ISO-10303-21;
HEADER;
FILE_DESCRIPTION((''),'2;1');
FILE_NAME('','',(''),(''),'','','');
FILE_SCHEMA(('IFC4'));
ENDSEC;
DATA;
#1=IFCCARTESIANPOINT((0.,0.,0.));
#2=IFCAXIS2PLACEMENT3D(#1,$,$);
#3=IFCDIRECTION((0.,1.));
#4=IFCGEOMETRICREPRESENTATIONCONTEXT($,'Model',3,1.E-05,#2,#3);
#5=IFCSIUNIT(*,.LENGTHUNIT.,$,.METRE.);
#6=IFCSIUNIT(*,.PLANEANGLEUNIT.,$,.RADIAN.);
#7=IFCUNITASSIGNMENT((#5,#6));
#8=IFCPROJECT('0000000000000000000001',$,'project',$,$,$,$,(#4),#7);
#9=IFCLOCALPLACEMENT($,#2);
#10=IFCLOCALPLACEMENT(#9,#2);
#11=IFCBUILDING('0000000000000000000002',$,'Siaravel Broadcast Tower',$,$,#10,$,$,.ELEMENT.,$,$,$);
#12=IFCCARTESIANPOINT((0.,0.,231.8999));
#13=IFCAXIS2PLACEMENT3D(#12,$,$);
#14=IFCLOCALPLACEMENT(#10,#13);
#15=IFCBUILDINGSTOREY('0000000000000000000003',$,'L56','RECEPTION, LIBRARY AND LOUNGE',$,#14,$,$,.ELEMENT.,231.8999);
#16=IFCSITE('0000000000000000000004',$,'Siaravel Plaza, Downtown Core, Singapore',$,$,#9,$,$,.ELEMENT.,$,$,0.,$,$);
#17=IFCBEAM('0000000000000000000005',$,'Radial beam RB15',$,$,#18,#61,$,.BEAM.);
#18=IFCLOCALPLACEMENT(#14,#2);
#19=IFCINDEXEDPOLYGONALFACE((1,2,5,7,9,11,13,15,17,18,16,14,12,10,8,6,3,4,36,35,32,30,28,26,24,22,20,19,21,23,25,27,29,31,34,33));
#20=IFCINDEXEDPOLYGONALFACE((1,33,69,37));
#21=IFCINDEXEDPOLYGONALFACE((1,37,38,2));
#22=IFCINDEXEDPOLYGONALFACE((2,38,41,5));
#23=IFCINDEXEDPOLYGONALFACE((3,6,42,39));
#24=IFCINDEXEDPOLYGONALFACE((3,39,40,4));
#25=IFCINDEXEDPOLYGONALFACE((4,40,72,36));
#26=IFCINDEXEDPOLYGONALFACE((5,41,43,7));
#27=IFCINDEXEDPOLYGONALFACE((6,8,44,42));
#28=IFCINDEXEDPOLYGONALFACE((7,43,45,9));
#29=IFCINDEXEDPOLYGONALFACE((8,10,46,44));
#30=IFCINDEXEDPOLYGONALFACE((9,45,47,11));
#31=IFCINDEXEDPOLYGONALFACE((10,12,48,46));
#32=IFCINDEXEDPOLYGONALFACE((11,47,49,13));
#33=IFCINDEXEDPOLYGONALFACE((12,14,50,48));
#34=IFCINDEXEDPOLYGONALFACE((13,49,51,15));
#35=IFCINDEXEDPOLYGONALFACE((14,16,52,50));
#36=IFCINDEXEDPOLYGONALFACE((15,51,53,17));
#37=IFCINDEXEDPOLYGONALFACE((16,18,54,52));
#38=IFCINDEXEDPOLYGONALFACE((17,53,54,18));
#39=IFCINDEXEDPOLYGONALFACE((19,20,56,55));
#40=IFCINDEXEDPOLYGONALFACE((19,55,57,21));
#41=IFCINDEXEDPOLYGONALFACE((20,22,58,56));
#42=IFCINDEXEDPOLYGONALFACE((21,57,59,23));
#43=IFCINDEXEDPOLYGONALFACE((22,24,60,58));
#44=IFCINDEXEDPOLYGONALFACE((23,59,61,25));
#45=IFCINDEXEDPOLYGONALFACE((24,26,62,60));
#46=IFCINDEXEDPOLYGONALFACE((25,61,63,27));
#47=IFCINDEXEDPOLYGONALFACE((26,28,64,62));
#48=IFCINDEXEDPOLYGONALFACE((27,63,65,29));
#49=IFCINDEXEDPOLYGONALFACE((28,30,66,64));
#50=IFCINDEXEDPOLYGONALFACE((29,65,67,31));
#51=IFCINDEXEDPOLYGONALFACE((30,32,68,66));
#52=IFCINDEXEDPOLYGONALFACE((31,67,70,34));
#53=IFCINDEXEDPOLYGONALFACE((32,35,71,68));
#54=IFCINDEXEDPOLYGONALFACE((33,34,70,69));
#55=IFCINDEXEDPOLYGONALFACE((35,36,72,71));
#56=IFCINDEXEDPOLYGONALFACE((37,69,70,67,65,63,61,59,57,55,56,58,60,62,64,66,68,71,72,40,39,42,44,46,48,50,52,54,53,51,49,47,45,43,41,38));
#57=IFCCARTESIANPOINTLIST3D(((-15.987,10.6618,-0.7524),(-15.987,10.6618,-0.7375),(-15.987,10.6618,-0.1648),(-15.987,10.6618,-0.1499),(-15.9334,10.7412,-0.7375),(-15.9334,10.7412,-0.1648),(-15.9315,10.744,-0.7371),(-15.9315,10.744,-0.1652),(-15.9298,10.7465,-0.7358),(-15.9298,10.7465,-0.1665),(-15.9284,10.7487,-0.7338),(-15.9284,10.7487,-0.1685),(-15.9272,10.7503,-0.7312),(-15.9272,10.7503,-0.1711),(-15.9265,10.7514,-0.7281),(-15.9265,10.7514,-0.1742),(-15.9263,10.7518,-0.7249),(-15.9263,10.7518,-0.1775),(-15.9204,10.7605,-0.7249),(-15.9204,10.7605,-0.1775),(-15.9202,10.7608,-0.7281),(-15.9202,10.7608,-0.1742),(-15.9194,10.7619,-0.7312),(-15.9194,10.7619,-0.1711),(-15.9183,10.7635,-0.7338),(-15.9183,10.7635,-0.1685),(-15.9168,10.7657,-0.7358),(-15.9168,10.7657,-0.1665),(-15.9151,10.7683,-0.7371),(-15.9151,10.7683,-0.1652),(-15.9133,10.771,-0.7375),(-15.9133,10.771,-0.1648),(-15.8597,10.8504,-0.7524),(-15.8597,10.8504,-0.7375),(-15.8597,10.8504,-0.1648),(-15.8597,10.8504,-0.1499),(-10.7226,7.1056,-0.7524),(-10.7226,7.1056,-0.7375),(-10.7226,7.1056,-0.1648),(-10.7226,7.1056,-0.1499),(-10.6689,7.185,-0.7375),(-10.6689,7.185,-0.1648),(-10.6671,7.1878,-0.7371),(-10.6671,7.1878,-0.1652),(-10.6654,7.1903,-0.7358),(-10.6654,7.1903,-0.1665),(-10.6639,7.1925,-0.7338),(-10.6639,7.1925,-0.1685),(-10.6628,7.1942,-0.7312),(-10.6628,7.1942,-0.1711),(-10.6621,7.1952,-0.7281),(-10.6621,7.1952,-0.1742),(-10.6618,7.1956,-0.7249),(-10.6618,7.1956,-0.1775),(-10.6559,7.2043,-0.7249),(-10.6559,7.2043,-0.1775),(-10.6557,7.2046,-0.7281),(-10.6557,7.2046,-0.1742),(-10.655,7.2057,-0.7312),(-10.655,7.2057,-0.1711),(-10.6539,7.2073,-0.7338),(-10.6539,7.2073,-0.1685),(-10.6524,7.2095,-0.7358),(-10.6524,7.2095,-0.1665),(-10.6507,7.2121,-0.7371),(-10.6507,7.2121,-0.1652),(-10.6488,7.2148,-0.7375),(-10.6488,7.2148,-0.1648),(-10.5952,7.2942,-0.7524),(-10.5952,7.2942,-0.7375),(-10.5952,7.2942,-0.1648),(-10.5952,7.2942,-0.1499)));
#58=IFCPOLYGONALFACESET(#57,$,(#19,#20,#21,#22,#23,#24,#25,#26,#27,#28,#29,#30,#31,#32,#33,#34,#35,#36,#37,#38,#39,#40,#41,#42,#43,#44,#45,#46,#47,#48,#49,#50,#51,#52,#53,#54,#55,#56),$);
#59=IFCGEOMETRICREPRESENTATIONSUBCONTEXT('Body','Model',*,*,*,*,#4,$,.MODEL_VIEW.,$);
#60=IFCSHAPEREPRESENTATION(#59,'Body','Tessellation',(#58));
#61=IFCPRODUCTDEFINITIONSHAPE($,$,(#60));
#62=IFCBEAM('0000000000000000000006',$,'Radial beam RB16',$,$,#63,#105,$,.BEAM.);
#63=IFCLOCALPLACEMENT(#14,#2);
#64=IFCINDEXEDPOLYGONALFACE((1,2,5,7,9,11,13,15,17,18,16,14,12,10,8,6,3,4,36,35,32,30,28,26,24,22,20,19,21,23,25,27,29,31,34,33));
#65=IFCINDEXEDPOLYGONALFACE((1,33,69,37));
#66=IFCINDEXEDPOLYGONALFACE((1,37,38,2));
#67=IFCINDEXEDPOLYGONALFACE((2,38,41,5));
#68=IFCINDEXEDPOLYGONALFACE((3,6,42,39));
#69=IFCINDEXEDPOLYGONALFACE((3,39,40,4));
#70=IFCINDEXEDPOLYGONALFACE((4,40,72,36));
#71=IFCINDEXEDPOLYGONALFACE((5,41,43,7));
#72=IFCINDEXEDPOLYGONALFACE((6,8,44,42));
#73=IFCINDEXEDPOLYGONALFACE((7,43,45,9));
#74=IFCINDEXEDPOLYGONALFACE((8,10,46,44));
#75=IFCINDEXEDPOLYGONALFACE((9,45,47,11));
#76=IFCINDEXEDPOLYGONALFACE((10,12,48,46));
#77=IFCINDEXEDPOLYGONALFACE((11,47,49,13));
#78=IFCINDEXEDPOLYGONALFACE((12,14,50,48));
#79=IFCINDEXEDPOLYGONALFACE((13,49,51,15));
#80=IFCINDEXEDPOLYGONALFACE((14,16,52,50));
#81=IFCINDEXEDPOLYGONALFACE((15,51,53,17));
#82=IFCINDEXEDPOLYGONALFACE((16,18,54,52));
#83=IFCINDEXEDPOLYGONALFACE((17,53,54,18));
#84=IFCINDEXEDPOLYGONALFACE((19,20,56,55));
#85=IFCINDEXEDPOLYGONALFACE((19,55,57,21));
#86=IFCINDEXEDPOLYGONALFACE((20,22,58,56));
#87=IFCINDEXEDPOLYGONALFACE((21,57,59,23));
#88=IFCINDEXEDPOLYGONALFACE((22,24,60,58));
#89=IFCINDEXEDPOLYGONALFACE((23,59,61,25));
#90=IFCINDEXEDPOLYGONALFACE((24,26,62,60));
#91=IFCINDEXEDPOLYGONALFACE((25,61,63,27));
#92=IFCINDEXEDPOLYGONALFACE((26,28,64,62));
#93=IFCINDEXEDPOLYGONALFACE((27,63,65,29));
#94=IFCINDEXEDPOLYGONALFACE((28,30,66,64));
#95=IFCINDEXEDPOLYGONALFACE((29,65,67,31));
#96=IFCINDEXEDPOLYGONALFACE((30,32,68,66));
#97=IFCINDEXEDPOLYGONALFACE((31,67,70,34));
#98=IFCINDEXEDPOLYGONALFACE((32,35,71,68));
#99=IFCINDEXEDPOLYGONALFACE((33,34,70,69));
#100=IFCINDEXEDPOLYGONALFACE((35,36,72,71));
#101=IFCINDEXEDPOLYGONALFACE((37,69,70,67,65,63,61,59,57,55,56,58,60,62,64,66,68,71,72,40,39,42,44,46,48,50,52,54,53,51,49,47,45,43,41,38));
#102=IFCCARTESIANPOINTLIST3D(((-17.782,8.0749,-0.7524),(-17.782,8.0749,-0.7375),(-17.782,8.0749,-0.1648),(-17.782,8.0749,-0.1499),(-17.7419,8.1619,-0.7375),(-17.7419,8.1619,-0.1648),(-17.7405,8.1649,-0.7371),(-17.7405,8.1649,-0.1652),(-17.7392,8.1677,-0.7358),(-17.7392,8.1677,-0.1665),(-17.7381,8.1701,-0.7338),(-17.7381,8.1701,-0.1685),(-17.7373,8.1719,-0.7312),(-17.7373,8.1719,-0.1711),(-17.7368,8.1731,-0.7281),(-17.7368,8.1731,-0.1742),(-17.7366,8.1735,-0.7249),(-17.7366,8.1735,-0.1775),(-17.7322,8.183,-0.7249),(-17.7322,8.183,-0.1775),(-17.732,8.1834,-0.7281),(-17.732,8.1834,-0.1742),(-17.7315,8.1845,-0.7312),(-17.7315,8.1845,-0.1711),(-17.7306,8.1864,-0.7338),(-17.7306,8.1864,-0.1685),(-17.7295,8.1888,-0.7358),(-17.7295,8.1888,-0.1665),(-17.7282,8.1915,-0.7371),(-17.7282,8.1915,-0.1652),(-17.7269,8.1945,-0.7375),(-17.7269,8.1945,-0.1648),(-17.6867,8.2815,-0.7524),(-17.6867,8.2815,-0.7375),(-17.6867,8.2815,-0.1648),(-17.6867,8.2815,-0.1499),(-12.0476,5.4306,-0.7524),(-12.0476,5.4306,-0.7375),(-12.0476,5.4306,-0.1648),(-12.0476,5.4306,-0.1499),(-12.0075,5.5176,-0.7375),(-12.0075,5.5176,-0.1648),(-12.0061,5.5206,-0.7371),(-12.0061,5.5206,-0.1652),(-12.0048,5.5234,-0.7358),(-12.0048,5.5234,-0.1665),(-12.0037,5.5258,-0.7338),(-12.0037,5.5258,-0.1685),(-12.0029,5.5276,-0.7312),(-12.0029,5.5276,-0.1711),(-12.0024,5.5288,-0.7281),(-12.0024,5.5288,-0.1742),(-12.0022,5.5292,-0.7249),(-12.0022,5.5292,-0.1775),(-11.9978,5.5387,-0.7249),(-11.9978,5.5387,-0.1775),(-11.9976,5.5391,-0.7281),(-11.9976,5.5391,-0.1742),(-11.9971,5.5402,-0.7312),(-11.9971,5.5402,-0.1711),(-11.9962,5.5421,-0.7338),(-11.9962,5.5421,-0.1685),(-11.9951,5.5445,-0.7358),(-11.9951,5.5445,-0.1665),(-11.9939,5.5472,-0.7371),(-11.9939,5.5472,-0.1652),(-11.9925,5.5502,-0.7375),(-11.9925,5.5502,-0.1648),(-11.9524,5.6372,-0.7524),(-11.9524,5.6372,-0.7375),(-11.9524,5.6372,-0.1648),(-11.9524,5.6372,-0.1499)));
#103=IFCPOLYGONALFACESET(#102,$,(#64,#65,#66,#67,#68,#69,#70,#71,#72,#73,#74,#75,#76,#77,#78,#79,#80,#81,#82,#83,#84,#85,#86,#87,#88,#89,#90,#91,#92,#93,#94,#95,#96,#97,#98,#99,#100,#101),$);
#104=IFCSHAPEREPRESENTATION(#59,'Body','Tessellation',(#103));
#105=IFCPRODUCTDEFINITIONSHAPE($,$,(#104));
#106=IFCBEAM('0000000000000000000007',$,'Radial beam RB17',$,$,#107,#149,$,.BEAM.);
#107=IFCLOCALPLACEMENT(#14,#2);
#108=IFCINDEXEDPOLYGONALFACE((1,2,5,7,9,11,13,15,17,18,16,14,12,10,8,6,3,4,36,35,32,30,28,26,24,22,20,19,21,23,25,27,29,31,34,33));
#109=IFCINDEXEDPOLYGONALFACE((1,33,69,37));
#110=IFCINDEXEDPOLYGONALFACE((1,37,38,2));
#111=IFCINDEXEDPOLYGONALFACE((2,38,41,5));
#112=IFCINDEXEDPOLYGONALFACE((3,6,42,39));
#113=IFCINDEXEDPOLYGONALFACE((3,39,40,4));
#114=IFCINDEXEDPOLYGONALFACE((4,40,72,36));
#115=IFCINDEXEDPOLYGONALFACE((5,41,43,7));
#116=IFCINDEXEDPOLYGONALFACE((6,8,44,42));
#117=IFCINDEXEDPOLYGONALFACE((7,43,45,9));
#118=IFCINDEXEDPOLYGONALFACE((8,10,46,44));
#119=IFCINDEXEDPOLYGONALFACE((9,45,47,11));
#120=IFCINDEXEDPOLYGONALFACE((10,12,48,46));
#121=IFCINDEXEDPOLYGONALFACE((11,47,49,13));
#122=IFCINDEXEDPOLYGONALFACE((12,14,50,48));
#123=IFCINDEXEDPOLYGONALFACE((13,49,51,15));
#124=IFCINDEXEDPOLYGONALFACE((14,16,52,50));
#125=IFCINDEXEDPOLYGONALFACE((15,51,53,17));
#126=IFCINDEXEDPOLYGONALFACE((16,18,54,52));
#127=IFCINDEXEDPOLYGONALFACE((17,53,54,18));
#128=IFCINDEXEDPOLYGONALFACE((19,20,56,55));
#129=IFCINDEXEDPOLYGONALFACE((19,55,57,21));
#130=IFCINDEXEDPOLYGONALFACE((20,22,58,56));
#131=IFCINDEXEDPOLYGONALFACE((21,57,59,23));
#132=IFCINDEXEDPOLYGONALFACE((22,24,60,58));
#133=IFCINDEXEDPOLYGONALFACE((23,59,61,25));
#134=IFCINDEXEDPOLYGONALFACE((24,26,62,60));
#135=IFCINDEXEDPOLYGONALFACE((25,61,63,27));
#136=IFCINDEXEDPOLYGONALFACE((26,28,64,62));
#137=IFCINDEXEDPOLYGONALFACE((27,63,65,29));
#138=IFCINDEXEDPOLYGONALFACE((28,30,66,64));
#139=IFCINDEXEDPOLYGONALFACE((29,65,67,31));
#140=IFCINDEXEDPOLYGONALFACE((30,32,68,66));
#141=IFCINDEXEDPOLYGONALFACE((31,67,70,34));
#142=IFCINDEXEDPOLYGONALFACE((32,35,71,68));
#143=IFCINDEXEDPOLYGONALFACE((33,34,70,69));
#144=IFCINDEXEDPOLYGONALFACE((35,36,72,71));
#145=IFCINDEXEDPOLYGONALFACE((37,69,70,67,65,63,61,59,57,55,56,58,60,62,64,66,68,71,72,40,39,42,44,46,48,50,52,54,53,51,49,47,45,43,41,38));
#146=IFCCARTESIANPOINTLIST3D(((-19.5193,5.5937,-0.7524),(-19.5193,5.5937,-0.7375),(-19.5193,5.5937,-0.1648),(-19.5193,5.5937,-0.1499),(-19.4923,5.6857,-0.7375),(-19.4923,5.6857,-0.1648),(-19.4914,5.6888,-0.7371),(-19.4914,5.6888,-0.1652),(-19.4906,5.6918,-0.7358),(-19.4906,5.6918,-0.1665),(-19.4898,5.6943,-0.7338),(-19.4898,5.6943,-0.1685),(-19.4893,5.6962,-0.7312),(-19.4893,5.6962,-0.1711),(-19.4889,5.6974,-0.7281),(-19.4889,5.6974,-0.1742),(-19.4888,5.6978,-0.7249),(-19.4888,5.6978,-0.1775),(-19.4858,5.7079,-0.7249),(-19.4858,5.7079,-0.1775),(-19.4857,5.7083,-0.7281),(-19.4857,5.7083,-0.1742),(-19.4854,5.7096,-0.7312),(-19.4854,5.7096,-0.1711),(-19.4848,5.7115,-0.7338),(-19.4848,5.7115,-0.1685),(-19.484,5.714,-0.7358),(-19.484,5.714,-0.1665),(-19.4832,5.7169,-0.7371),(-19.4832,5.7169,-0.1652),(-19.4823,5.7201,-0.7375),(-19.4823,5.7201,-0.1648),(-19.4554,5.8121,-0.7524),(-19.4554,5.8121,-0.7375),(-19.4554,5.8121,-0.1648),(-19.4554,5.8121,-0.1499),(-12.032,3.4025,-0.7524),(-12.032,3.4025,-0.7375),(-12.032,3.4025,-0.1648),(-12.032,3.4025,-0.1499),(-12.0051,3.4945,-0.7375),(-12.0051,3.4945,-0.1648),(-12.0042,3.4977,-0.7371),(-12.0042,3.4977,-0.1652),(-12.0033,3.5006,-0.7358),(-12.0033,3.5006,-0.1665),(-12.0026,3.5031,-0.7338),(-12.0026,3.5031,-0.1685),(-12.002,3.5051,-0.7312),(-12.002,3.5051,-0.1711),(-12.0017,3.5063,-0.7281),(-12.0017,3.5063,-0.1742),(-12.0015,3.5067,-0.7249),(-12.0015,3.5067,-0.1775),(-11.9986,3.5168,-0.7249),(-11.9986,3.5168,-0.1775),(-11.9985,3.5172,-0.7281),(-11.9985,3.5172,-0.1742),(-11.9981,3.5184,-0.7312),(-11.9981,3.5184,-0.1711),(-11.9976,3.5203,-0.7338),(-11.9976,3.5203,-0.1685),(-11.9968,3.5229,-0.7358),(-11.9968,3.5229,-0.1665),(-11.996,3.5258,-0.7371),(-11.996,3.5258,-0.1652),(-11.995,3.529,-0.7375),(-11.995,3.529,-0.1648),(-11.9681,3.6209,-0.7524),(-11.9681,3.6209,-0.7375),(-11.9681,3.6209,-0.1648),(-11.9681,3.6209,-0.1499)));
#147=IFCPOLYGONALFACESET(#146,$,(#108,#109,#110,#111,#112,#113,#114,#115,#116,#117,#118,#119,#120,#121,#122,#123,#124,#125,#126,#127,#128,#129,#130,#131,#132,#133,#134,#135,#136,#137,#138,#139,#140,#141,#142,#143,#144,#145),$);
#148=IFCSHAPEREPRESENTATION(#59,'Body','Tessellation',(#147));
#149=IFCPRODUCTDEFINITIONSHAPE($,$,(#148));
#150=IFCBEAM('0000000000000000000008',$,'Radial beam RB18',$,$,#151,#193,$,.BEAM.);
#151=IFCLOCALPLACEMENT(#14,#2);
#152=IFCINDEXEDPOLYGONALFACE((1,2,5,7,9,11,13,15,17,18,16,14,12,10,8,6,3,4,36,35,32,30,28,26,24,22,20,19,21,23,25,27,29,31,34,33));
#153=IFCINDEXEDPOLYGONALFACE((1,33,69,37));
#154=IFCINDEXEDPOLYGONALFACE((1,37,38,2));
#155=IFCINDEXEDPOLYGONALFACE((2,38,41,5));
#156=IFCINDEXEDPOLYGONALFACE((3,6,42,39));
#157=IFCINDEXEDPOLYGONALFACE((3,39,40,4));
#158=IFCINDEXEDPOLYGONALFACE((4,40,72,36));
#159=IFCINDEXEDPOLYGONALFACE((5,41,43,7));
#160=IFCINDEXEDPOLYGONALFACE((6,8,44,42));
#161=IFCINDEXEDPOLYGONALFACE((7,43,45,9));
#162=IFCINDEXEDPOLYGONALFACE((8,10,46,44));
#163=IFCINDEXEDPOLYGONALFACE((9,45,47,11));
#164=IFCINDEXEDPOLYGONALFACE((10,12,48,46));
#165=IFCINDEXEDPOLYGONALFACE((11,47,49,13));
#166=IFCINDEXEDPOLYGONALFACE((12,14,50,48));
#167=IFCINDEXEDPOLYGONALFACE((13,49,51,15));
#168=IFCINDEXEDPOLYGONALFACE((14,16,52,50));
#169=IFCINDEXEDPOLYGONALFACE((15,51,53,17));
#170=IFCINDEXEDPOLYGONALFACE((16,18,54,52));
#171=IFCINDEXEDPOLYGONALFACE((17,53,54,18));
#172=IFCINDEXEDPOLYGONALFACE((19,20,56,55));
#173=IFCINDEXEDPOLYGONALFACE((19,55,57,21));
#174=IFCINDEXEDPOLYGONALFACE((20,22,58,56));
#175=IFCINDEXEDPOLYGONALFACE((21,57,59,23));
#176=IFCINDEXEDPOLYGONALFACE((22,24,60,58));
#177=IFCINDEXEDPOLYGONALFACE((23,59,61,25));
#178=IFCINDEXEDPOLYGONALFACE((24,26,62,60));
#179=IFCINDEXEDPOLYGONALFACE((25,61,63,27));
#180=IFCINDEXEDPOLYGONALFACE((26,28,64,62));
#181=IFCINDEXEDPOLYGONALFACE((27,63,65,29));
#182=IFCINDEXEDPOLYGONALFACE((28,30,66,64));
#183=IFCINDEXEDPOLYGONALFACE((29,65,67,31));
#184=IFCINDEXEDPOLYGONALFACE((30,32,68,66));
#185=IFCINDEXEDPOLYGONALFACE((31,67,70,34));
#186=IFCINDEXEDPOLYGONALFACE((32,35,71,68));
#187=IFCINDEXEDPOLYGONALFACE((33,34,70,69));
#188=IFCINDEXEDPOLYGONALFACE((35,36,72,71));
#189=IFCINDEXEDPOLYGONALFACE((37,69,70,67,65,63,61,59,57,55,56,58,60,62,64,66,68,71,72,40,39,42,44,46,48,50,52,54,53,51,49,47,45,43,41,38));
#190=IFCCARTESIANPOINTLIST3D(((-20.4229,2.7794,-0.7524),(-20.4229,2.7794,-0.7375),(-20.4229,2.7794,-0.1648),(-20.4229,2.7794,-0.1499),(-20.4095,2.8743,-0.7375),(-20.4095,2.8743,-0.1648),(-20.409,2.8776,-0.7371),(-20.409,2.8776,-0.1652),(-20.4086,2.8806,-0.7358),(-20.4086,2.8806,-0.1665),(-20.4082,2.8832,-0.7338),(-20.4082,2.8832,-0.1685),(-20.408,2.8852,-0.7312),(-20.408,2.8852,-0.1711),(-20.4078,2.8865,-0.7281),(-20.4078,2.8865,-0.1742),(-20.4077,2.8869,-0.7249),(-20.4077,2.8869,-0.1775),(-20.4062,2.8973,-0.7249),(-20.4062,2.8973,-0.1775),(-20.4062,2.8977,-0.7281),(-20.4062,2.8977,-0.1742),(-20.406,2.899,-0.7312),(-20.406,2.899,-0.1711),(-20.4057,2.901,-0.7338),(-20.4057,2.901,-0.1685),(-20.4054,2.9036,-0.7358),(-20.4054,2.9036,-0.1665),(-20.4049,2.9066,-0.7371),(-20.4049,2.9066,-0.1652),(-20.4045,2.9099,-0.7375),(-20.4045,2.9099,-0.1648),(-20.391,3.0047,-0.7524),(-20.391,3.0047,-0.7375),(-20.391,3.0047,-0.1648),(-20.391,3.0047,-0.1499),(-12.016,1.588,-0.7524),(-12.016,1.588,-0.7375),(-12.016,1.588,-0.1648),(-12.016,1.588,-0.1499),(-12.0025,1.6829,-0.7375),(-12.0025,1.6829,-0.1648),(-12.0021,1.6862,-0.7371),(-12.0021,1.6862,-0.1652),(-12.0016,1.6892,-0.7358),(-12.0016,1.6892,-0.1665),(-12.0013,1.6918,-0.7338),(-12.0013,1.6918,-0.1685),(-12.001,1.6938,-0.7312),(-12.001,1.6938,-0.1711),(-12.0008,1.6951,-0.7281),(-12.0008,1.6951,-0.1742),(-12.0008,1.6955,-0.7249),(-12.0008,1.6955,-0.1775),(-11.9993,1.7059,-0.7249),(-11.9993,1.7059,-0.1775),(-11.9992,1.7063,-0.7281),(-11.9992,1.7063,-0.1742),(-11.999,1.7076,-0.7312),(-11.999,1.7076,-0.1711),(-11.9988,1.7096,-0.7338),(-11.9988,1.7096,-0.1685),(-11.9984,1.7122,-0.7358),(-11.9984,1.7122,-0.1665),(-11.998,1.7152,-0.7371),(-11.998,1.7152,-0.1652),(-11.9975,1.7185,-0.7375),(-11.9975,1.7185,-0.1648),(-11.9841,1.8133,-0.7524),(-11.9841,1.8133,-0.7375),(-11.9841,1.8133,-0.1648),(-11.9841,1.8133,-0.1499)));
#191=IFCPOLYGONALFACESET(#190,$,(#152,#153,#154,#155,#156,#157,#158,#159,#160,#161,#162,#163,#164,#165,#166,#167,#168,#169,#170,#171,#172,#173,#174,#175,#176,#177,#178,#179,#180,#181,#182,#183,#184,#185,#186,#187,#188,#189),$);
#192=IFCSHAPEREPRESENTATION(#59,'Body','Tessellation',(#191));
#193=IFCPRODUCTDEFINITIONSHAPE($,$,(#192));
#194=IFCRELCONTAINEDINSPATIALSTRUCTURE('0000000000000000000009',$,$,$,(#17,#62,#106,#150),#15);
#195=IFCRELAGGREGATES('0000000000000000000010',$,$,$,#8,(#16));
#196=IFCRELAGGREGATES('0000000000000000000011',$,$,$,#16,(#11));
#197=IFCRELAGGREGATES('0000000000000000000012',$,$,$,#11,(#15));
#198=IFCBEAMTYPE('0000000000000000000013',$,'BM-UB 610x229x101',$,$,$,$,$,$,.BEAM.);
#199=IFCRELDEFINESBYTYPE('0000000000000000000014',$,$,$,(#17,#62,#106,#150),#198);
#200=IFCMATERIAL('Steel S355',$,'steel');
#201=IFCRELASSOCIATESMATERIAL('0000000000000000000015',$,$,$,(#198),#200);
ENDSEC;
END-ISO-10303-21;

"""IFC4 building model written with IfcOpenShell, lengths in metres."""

from ifc_helpers import new_model, si_unit, direction, frame, origin, origin_2d, place, context, subcontext, project, spatial, i_section, extrude, material, material_profile, profile_set, type_object, element, save


model = new_model("IFC4")

# Units and contexts
model_context = context("Model", 3, precision=1e-05, world=origin(), true_north=direction((0.0, 1.0)))
body_context = subcontext(model_context, "Body", "Model", "MODEL_VIEW")
ifc_project = project(units=[si_unit("LENGTHUNIT", "METRE"), si_unit("PLANEANGLEUNIT", "RADIAN")], contexts=[model_context])

# Site, building, storey
site_placement = place(None, origin())
site = spatial("IfcSite", under=ifc_project, at=site_placement, Name="Siaravel Plaza, Downtown Core, Singapore", CompositionType="ELEMENT", RefElevation=0.0)
building_placement = place(site_placement, origin())
building = spatial("IfcBuilding", under=site, at=building_placement, Name="Siaravel Broadcast Tower", CompositionType="ELEMENT")
storey_placement = place(building_placement, frame((0.0, 0.0, 231.8999)))
storey = spatial("IfcBuildingStorey", under=building, at=storey_placement, Name="L56", Description="RECEPTION, LIBRARY AND LOUNGE", CompositionType="ELEMENT", Elevation=231.8999)

# Beams
ifc_material_1 = material(Name="Steel S355", Category="steel")
ifc_material_profile_1 = material_profile(ifc_material_1, i_section(OverallWidth=0.2275, OverallDepth=0.6025, WebThickness=0.0105, FlangeThickness=0.0149, FilletRadius=0.0127, at=origin_2d()))
ifc_profile_set_1 = profile_set([ifc_material_profile_1], Name="Steel S355")
beam_type = type_object("IfcBeamType", Name="BM-UB 610x229x101", PredefinedType="BEAM", material=ifc_profile_set_1)
beam_1_placement = place(storey_placement, frame((-15.9233, 10.7561, -0.4512), z_axis=(0.828653, -0.559763, 0.0), x_axis=(0.559763, 0.828653, 0.0)))
element("IfcBeam", 1, at=beam_1_placement, inside=storey, type_object=beam_type, Name="Radial beam RB15", PredefinedType="BEAM", context=body_context, shape_type="SweptSolid", body=[
    extrude(i_section(OverallWidth=0.2275, OverallDepth=0.6025, WebThickness=0.0105, FlangeThickness=0.0149, FilletRadius=0.0127, at=origin_2d()), origin(), (0.0, 0.0, 1.0), 6.353),
])
beam_2_placement = place(storey_placement, frame((-17.7344, 8.1782, -0.4512), z_axis=(0.908101, -0.418752, 0.0), x_axis=(0.418752, 0.908101, 0.0)))
element("IfcBeam", 2, at=beam_2_placement, inside=storey, type_object=beam_type, Name="Radial beam RB16", PredefinedType="BEAM", context=body_context, shape_type="SweptSolid", body=[
    extrude(i_section(OverallWidth=0.2275, OverallDepth=0.6025, WebThickness=0.0105, FlangeThickness=0.0149, FilletRadius=0.0127, at=origin_2d()), origin(), (0.0, 0.0, 1.0), 6.3147),
])
beam_3_placement = place(storey_placement, frame((-19.4873, 5.7029, -0.4512), z_axis=(0.959746, -0.28087, 0.0), x_axis=(0.28087, 0.959746, 0.0)))
element("IfcBeam", 3, at=beam_3_placement, inside=storey, type_object=beam_type, Name="Radial beam RB17", PredefinedType="BEAM", context=body_context, shape_type="SweptSolid", body=[
    extrude(i_section(OverallWidth=0.2275, OverallDepth=0.6025, WebThickness=0.0105, FlangeThickness=0.0149, FilletRadius=0.0127, at=origin_2d()), origin(), (0.0, 0.0, 1.0), 7.8013),
])
beam_4_placement = place(storey_placement, frame((-20.407, 2.8921, -0.4512), z_axis=(0.990107, -0.140314, 0.0), x_axis=(0.140314, 0.990107, 0.0)))
element("IfcBeam", 4, at=beam_4_placement, inside=storey, type_object=beam_type, Name="Radial beam RB18", PredefinedType="BEAM", context=body_context, shape_type="SweptSolid", body=[
    extrude(i_section(OverallWidth=0.2275, OverallDepth=0.6025, WebThickness=0.0105, FlangeThickness=0.0149, FilletRadius=0.0127, at=origin_2d()), origin(), (0.0, 0.0, 1.0), 8.491),
])

save(model, "model.ifc")
